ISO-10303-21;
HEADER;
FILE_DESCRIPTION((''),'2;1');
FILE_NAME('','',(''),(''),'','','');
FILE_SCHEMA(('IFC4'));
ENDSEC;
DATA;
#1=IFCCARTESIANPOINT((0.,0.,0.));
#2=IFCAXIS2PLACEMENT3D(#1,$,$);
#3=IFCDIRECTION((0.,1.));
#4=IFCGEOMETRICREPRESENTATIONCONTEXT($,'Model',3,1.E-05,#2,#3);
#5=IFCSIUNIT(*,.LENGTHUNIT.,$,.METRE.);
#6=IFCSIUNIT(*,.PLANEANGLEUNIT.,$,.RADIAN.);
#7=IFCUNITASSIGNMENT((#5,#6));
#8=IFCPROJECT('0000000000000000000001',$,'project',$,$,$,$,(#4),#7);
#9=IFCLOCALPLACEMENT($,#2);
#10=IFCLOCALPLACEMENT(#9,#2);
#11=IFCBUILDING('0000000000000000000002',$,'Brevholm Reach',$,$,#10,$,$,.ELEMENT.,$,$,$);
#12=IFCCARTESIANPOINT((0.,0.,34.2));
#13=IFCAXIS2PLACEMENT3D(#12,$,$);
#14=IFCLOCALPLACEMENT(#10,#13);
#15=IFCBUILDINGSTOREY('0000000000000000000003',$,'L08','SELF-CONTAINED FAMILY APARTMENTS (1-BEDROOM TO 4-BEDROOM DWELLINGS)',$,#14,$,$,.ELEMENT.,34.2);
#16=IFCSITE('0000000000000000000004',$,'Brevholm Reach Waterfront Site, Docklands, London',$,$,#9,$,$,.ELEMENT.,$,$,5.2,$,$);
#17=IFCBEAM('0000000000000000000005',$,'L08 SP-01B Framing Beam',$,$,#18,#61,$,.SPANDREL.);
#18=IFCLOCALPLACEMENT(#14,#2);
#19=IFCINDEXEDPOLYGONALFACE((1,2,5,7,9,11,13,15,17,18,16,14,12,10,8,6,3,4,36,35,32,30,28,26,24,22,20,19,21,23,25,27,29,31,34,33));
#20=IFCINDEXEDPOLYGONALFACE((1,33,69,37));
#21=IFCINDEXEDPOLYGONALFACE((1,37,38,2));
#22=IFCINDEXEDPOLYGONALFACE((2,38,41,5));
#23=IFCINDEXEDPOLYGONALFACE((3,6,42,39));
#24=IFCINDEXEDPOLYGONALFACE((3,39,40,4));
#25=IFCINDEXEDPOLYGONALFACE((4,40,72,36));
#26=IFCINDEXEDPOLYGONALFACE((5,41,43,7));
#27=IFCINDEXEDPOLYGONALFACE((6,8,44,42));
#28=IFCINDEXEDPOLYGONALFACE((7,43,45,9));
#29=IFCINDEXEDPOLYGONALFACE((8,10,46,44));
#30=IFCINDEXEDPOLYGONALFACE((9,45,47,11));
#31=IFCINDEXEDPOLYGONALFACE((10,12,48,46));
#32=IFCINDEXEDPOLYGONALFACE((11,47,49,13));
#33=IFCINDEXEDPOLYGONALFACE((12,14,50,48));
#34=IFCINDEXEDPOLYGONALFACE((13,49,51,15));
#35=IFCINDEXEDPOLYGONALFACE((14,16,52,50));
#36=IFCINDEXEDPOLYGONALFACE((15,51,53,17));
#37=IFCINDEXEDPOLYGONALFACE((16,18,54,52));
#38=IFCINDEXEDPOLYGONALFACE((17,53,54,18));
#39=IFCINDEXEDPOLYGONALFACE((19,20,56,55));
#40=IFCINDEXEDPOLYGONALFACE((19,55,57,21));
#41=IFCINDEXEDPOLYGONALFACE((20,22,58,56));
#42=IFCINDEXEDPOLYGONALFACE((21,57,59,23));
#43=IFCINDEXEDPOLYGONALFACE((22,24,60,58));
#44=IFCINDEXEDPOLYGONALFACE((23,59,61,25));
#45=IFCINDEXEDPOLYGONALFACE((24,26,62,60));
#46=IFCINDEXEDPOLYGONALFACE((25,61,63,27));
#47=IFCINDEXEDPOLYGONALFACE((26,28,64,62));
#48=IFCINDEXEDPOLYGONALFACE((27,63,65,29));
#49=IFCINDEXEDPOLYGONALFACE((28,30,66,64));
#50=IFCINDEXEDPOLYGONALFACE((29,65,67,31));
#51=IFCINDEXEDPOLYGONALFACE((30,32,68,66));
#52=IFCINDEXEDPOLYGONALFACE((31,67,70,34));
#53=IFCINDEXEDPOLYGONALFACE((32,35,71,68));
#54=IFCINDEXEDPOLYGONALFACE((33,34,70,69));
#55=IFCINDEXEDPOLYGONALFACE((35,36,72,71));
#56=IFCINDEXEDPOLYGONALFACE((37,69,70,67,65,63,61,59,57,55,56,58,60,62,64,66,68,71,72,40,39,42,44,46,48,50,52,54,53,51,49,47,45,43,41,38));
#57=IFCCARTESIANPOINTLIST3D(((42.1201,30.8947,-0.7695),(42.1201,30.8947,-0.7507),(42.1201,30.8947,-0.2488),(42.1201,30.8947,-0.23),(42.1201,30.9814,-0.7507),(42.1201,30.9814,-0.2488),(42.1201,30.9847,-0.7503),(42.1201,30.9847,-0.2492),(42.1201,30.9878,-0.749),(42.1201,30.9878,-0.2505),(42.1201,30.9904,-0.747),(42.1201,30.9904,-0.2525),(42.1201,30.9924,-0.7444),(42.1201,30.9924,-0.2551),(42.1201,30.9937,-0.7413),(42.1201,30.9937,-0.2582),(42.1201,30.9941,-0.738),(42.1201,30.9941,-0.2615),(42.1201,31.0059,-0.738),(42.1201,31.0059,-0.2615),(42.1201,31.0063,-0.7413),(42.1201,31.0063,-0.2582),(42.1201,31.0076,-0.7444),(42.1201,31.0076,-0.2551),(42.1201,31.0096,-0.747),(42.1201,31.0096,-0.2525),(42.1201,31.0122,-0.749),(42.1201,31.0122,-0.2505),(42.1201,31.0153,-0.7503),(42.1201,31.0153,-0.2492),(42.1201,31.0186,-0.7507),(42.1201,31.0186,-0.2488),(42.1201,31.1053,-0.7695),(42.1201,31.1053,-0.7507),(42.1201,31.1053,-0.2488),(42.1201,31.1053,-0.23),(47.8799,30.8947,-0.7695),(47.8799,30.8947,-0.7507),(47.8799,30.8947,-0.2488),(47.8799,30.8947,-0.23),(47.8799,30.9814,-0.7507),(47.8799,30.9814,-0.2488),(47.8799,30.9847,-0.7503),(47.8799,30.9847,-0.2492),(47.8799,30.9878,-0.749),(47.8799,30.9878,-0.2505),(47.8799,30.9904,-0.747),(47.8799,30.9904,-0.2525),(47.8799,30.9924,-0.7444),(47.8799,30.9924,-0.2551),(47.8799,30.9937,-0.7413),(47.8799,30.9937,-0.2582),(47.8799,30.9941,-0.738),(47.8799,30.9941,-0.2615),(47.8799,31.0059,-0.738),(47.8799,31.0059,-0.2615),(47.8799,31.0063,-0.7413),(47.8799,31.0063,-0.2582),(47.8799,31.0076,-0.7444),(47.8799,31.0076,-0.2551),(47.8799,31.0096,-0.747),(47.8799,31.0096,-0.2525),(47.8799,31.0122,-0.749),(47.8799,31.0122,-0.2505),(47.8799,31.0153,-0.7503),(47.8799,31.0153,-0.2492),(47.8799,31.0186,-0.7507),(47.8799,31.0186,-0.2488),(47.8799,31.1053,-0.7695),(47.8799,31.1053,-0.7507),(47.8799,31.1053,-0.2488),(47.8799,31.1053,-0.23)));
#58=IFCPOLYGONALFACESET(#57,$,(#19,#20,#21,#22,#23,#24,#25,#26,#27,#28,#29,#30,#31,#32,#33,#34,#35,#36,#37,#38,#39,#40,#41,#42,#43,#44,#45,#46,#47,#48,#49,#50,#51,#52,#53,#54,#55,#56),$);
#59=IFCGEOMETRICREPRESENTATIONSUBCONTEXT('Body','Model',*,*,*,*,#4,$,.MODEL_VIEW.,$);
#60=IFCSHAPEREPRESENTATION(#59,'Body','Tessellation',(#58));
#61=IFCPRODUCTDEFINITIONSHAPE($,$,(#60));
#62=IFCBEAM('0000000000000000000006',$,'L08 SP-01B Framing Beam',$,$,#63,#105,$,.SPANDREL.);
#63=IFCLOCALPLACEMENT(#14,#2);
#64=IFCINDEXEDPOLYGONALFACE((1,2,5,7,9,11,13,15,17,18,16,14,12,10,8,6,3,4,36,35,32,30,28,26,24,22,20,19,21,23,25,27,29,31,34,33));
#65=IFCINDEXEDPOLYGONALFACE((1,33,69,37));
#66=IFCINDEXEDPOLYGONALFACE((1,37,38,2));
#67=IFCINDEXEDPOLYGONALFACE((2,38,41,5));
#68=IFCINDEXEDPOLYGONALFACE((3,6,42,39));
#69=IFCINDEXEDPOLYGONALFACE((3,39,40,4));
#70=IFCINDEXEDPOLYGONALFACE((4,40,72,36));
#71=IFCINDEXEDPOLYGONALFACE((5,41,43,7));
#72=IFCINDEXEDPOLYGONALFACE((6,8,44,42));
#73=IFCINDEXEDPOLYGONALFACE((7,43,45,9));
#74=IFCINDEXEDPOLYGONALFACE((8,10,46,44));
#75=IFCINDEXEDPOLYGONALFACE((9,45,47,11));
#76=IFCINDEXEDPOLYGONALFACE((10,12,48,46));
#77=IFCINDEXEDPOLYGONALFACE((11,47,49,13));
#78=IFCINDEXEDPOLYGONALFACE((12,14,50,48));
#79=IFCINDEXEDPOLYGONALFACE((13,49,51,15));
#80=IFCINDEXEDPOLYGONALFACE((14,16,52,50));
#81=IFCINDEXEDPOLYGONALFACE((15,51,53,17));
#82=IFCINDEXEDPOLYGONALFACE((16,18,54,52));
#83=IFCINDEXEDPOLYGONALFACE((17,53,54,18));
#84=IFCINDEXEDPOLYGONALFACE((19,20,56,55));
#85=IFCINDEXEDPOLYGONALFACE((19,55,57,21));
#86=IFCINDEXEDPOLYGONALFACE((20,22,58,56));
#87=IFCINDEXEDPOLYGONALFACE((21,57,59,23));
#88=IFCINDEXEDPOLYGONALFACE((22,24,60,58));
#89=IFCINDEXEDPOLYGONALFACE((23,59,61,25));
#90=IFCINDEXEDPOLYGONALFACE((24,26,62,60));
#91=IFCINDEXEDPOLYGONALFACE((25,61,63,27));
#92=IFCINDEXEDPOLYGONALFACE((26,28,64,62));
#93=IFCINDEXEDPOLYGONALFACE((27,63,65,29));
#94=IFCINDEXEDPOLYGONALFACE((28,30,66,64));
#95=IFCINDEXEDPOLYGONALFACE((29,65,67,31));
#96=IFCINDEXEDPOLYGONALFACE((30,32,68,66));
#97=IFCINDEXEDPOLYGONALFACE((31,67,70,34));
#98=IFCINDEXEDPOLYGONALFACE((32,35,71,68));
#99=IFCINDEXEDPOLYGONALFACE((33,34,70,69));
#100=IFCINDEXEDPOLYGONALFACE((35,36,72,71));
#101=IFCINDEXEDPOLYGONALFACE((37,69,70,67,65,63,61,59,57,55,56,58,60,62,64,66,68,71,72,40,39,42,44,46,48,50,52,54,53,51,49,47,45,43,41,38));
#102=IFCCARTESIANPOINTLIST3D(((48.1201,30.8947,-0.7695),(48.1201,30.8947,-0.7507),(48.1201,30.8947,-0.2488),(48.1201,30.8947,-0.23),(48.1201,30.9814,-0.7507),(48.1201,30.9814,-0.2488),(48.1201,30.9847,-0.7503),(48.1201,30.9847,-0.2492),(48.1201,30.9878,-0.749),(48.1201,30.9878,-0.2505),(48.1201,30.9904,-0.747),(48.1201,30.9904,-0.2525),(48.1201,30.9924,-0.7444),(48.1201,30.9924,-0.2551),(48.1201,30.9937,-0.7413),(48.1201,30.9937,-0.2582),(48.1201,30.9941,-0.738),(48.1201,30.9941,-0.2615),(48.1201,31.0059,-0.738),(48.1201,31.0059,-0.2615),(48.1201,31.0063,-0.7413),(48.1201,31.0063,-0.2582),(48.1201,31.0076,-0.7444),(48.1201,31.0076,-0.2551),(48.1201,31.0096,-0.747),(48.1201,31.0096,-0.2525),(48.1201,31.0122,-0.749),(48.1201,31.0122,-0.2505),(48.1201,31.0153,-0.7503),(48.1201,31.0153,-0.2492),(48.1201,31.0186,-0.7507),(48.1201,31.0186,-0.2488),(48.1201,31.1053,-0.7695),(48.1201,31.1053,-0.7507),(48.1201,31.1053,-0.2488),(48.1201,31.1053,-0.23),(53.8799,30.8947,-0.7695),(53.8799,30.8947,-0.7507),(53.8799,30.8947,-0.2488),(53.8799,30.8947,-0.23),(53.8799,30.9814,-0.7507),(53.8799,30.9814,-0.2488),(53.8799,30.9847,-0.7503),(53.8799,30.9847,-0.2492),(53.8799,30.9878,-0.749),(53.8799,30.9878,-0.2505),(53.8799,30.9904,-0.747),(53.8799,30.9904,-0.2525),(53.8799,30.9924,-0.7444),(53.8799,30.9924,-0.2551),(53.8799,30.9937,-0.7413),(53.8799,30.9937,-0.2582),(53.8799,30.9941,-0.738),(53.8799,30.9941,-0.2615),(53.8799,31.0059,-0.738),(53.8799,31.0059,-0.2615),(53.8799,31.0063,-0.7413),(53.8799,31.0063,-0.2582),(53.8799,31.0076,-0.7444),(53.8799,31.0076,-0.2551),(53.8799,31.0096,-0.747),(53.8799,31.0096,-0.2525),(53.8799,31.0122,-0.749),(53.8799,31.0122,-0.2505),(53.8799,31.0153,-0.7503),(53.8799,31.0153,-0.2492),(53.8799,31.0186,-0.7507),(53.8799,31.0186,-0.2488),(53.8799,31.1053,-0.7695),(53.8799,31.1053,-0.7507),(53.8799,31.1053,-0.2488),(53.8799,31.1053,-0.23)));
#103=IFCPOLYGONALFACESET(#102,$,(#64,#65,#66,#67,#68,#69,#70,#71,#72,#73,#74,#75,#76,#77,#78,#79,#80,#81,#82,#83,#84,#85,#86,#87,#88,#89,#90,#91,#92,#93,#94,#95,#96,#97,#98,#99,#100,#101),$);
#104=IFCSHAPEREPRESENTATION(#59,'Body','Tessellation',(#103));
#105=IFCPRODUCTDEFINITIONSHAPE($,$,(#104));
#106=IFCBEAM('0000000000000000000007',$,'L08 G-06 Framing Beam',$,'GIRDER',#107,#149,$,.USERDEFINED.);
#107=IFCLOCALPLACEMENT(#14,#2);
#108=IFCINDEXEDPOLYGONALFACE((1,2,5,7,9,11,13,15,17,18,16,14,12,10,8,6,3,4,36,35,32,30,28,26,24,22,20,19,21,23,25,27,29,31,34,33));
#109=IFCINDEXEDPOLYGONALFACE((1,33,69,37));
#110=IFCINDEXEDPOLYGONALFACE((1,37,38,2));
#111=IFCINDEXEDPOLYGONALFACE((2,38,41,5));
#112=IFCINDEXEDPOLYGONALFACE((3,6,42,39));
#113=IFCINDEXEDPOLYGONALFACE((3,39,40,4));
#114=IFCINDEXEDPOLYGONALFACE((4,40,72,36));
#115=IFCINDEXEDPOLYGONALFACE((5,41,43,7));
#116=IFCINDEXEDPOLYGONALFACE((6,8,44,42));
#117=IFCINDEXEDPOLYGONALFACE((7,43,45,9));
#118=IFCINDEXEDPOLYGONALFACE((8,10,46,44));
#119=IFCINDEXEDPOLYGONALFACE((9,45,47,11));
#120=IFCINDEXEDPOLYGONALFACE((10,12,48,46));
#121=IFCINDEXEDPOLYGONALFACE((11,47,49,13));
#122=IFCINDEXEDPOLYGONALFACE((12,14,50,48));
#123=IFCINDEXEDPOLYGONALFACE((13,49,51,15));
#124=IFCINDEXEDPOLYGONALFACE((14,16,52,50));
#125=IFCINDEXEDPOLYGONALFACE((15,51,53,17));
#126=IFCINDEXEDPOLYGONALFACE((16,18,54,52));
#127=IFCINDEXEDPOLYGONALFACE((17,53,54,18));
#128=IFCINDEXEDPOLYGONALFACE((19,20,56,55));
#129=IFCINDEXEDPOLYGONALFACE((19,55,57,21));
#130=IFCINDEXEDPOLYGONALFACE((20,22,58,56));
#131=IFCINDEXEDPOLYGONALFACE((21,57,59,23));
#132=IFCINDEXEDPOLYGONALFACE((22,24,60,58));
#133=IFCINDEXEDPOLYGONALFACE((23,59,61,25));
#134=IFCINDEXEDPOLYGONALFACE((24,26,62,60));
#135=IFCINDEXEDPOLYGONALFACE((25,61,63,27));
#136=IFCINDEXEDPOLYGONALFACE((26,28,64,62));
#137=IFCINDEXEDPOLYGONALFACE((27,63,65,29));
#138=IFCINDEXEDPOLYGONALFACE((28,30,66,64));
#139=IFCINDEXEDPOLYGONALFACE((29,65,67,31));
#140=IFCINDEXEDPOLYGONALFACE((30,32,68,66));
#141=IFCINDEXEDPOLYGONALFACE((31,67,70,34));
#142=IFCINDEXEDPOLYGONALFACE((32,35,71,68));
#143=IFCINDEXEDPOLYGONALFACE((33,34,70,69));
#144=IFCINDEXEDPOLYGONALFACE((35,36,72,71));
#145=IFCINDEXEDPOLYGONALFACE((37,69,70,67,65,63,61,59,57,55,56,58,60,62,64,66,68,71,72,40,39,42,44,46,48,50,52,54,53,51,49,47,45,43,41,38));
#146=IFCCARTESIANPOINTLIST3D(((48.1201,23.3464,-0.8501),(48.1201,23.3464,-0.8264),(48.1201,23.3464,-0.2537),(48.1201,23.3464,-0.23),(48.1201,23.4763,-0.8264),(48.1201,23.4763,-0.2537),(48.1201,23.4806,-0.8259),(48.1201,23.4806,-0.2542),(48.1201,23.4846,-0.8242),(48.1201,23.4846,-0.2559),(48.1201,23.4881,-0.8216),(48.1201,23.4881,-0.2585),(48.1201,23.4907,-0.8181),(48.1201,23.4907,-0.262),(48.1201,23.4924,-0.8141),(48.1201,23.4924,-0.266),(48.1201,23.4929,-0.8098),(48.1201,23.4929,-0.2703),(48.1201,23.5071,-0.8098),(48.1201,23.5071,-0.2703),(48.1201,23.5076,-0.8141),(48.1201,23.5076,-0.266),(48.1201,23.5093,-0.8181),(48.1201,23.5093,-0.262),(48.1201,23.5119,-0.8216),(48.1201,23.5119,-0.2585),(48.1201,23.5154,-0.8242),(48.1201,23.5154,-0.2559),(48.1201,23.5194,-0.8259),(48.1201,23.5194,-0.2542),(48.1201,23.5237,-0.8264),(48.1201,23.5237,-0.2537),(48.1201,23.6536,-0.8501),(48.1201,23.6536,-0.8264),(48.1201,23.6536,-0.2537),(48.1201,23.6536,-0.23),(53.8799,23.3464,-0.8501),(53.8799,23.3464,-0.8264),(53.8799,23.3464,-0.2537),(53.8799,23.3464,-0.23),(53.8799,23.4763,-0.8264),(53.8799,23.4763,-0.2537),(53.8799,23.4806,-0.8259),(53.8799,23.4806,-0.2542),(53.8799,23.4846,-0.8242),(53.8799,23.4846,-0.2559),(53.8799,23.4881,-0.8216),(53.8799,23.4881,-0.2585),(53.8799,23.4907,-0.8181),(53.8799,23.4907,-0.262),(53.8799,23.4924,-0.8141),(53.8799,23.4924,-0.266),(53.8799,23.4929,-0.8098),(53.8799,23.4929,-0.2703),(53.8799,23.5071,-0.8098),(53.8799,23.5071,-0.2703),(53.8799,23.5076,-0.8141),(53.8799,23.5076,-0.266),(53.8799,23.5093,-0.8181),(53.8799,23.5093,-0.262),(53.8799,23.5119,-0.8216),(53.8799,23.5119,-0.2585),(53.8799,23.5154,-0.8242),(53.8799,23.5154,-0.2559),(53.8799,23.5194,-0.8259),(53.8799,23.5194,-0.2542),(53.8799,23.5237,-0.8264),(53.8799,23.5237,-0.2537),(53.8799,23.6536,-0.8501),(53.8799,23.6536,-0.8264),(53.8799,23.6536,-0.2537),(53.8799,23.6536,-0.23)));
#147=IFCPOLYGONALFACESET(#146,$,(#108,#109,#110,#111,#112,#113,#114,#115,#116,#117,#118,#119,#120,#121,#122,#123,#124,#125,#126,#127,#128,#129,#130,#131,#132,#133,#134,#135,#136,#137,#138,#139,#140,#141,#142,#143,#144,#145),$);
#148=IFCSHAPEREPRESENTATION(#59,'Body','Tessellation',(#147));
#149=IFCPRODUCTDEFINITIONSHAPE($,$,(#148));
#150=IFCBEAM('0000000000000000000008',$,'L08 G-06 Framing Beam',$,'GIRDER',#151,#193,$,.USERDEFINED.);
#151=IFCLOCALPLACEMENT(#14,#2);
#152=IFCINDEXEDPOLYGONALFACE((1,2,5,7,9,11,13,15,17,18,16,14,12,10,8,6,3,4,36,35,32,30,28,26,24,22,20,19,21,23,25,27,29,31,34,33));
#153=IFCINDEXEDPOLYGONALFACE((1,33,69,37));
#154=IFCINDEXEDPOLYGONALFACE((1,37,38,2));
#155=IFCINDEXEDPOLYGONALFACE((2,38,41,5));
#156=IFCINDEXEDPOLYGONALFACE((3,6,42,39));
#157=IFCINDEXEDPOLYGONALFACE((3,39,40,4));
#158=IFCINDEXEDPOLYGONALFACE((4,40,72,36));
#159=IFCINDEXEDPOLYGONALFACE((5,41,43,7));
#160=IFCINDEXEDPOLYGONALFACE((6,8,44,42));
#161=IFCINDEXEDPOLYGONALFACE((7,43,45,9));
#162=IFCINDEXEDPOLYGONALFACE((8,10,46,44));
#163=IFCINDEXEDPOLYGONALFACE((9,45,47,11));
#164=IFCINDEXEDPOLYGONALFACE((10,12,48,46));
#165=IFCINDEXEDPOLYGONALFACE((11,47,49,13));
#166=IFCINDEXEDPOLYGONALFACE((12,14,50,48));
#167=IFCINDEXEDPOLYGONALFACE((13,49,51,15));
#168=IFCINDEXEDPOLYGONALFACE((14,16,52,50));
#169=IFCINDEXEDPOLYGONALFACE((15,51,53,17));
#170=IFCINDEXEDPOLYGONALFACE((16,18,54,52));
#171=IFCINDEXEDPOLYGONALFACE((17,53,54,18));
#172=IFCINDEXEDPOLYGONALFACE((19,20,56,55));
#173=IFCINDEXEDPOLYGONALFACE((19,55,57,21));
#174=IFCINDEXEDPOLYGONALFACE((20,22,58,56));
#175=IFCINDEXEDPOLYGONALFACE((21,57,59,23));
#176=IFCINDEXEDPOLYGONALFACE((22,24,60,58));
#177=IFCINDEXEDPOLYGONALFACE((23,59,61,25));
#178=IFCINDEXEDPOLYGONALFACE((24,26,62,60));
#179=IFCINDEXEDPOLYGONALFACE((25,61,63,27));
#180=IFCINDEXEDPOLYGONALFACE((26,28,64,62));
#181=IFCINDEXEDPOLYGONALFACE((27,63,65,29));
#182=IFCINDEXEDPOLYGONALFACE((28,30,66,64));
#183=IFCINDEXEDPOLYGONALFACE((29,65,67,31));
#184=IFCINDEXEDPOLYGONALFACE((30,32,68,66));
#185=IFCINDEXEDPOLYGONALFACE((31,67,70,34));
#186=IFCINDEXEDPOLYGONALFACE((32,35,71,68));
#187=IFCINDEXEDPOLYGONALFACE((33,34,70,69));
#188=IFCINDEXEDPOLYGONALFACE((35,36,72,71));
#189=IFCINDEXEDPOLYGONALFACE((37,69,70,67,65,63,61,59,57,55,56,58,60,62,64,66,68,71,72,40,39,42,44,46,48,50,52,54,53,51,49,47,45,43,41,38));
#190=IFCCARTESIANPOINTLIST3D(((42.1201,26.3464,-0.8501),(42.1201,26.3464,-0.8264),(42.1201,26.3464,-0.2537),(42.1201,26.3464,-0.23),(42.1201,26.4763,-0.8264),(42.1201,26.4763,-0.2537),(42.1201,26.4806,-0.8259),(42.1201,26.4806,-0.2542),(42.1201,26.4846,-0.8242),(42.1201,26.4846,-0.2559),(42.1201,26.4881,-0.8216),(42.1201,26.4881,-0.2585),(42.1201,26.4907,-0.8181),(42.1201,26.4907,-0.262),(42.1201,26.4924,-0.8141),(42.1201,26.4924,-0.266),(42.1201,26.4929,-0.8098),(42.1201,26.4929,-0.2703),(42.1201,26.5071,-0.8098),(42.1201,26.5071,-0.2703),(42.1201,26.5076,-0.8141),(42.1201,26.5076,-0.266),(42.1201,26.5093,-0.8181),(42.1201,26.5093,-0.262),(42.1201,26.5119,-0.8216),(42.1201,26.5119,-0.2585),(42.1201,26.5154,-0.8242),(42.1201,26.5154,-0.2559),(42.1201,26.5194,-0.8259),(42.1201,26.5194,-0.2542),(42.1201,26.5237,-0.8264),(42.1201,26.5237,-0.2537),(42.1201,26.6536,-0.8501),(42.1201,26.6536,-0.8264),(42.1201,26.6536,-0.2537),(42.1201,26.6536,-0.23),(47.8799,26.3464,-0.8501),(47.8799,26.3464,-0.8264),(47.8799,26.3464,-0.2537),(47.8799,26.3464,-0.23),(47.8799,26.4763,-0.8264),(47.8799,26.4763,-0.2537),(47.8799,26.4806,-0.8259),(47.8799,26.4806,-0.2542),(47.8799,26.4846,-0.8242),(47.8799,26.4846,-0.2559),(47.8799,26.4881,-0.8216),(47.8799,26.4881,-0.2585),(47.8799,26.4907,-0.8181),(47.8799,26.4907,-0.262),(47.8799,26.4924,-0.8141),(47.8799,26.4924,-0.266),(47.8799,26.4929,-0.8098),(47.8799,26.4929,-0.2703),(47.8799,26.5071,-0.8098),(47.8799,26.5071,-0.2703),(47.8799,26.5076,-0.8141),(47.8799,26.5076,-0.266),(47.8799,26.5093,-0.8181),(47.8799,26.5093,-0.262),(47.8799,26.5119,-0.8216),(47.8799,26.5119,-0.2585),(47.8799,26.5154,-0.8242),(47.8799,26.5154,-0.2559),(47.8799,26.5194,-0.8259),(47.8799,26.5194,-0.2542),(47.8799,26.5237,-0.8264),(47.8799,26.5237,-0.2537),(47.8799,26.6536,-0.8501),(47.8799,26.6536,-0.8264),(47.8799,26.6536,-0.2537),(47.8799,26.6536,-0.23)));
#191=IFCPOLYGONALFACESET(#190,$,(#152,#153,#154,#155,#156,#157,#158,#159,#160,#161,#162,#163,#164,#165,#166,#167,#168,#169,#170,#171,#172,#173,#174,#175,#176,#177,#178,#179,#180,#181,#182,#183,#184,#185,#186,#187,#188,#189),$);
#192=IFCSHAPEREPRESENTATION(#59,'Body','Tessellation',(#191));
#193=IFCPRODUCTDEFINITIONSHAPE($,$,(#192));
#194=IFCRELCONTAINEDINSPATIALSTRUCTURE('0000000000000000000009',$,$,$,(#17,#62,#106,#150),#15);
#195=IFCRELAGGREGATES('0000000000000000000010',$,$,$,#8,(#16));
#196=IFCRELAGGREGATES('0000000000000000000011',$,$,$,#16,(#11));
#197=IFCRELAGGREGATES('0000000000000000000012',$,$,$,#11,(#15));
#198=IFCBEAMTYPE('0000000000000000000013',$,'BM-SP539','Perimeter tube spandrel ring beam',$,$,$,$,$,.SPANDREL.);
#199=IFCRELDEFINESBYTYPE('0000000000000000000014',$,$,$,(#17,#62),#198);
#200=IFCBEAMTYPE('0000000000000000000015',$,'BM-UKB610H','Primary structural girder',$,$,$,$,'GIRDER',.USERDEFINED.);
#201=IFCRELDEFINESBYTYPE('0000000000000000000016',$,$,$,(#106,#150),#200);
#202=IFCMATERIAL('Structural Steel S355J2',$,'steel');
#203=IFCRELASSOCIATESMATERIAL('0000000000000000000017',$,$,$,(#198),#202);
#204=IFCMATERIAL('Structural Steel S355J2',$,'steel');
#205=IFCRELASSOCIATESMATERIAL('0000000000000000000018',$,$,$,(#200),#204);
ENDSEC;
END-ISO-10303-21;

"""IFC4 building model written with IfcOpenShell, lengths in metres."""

from ifc_helpers import new_model, si_unit, direction, frame, origin, origin_2d, place, context, subcontext, project, spatial, i_section, extrude, material, material_profile, profile_set, type_object, element, save


model = new_model("IFC4")

# Units and contexts
model_context = context("Model", 3, precision=1e-05, world=origin(), true_north=direction((0.0, 1.0)))
body_context = subcontext(model_context, "Body", "Model", "MODEL_VIEW")
ifc_project = project(units=[si_unit("LENGTHUNIT", "METRE"), si_unit("PLANEANGLEUNIT", "RADIAN")], contexts=[model_context])

# Site, building, storey
site_placement = place(None, origin())
site = spatial("IfcSite", under=ifc_project, at=site_placement, Name="Brevholm Reach Waterfront Site, Docklands, London", CompositionType="ELEMENT", RefElevation=5.2)
building_placement = place(site_placement, origin())
building = spatial("IfcBuilding", under=site, at=building_placement, Name="Brevholm Reach", CompositionType="ELEMENT")
storey_placement = place(building_placement, frame((0.0, 0.0, 34.2)))
storey = spatial("IfcBuildingStorey", under=building, at=storey_placement, Name="L08", Description="SELF-CONTAINED FAMILY APARTMENTS (1-BEDROOM TO 4-BEDROOM DWELLINGS)", CompositionType="ELEMENT", Elevation=34.2)

# Beams
ifc_material_1 = material(Name="Structural Steel S355J2", Category="steel")
ifc_material_profile_1 = material_profile(ifc_material_1, i_section(OverallWidth=0.2107, OverallDepth=0.5396, WebThickness=0.0117, FlangeThickness=0.0188, FilletRadius=0.0127, at=origin_2d()), Name="UKB 533x210x109")
ifc_profile_set_1 = profile_set([ifc_material_profile_1], Name="Structural Steel S355J2")
beam_type_1 = type_object("IfcBeamType", Name="BM-SP539", Description="Perimeter tube spandrel ring beam", PredefinedType="SPANDREL", material=ifc_profile_set_1)
for number, where, z_axis, x_axis, name in (
    (1, (42.1201, 31.0, -0.4998), (1.0, 0.0, 0.0), (0.0, 1.0, 0.0), "L08 SP-01B Framing Beam"),
    (2, (48.1201, 31.0, -0.4998), (1.0, 0.0, 0.0), (0.0, 1.0, 0.0), "L08 SP-01B Framing Beam"),
):
    element("IfcBeam", number, at=place(storey_placement, frame(where, z_axis=z_axis, x_axis=x_axis)), inside=storey, type_object=beam_type_1, Name=name, PredefinedType="SPANDREL", context=body_context, shape_type="SweptSolid", body=[
        extrude(i_section(OverallWidth=0.2107, OverallDepth=0.5396, WebThickness=0.0117, FlangeThickness=0.0188, FilletRadius=0.0127, at=origin_2d()), origin(), (0.0, 0.0, 1.0), 5.7598),
    ])
ifc_material_2 = material(Name="Structural Steel S355J2", Category="steel")
ifc_material_profile_2 = material_profile(ifc_material_2, i_section(OverallWidth=0.3071, OverallDepth=0.6201, WebThickness=0.0142, FlangeThickness=0.0237, FilletRadius=0.0166, at=origin_2d()), Name="UKB 610x305x179")
ifc_profile_set_2 = profile_set([ifc_material_profile_2], Name="Structural Steel S355J2")
beam_type_2 = type_object("IfcBeamType", Name="BM-UKB610H", Description="Primary structural girder", ElementType="GIRDER", PredefinedType="USERDEFINED", material=ifc_profile_set_2)
for number, where, z_axis, x_axis, name in (
    (3, (48.1201, 23.5, -0.54), (1.0, 0.0, 0.0), (0.0, 1.0, 0.0), "L08 G-06 Framing Beam"),
    (4, (42.1201, 26.5, -0.54), (1.0, 0.0, 0.0), (0.0, 1.0, 0.0), "L08 G-06 Framing Beam"),
):
    element("IfcBeam", number, at=place(storey_placement, frame(where, z_axis=z_axis, x_axis=x_axis)), inside=storey, type_object=beam_type_2, Name=name, ObjectType="GIRDER", PredefinedType="USERDEFINED", context=body_context, shape_type="SweptSolid", body=[
        extrude(i_section(OverallWidth=0.3071, OverallDepth=0.6201, WebThickness=0.0142, FlangeThickness=0.0237, FilletRadius=0.0166, at=origin_2d()), origin(), (0.0, 0.0, 1.0), 5.7598),
    ])

save(model, "model.ifc")
